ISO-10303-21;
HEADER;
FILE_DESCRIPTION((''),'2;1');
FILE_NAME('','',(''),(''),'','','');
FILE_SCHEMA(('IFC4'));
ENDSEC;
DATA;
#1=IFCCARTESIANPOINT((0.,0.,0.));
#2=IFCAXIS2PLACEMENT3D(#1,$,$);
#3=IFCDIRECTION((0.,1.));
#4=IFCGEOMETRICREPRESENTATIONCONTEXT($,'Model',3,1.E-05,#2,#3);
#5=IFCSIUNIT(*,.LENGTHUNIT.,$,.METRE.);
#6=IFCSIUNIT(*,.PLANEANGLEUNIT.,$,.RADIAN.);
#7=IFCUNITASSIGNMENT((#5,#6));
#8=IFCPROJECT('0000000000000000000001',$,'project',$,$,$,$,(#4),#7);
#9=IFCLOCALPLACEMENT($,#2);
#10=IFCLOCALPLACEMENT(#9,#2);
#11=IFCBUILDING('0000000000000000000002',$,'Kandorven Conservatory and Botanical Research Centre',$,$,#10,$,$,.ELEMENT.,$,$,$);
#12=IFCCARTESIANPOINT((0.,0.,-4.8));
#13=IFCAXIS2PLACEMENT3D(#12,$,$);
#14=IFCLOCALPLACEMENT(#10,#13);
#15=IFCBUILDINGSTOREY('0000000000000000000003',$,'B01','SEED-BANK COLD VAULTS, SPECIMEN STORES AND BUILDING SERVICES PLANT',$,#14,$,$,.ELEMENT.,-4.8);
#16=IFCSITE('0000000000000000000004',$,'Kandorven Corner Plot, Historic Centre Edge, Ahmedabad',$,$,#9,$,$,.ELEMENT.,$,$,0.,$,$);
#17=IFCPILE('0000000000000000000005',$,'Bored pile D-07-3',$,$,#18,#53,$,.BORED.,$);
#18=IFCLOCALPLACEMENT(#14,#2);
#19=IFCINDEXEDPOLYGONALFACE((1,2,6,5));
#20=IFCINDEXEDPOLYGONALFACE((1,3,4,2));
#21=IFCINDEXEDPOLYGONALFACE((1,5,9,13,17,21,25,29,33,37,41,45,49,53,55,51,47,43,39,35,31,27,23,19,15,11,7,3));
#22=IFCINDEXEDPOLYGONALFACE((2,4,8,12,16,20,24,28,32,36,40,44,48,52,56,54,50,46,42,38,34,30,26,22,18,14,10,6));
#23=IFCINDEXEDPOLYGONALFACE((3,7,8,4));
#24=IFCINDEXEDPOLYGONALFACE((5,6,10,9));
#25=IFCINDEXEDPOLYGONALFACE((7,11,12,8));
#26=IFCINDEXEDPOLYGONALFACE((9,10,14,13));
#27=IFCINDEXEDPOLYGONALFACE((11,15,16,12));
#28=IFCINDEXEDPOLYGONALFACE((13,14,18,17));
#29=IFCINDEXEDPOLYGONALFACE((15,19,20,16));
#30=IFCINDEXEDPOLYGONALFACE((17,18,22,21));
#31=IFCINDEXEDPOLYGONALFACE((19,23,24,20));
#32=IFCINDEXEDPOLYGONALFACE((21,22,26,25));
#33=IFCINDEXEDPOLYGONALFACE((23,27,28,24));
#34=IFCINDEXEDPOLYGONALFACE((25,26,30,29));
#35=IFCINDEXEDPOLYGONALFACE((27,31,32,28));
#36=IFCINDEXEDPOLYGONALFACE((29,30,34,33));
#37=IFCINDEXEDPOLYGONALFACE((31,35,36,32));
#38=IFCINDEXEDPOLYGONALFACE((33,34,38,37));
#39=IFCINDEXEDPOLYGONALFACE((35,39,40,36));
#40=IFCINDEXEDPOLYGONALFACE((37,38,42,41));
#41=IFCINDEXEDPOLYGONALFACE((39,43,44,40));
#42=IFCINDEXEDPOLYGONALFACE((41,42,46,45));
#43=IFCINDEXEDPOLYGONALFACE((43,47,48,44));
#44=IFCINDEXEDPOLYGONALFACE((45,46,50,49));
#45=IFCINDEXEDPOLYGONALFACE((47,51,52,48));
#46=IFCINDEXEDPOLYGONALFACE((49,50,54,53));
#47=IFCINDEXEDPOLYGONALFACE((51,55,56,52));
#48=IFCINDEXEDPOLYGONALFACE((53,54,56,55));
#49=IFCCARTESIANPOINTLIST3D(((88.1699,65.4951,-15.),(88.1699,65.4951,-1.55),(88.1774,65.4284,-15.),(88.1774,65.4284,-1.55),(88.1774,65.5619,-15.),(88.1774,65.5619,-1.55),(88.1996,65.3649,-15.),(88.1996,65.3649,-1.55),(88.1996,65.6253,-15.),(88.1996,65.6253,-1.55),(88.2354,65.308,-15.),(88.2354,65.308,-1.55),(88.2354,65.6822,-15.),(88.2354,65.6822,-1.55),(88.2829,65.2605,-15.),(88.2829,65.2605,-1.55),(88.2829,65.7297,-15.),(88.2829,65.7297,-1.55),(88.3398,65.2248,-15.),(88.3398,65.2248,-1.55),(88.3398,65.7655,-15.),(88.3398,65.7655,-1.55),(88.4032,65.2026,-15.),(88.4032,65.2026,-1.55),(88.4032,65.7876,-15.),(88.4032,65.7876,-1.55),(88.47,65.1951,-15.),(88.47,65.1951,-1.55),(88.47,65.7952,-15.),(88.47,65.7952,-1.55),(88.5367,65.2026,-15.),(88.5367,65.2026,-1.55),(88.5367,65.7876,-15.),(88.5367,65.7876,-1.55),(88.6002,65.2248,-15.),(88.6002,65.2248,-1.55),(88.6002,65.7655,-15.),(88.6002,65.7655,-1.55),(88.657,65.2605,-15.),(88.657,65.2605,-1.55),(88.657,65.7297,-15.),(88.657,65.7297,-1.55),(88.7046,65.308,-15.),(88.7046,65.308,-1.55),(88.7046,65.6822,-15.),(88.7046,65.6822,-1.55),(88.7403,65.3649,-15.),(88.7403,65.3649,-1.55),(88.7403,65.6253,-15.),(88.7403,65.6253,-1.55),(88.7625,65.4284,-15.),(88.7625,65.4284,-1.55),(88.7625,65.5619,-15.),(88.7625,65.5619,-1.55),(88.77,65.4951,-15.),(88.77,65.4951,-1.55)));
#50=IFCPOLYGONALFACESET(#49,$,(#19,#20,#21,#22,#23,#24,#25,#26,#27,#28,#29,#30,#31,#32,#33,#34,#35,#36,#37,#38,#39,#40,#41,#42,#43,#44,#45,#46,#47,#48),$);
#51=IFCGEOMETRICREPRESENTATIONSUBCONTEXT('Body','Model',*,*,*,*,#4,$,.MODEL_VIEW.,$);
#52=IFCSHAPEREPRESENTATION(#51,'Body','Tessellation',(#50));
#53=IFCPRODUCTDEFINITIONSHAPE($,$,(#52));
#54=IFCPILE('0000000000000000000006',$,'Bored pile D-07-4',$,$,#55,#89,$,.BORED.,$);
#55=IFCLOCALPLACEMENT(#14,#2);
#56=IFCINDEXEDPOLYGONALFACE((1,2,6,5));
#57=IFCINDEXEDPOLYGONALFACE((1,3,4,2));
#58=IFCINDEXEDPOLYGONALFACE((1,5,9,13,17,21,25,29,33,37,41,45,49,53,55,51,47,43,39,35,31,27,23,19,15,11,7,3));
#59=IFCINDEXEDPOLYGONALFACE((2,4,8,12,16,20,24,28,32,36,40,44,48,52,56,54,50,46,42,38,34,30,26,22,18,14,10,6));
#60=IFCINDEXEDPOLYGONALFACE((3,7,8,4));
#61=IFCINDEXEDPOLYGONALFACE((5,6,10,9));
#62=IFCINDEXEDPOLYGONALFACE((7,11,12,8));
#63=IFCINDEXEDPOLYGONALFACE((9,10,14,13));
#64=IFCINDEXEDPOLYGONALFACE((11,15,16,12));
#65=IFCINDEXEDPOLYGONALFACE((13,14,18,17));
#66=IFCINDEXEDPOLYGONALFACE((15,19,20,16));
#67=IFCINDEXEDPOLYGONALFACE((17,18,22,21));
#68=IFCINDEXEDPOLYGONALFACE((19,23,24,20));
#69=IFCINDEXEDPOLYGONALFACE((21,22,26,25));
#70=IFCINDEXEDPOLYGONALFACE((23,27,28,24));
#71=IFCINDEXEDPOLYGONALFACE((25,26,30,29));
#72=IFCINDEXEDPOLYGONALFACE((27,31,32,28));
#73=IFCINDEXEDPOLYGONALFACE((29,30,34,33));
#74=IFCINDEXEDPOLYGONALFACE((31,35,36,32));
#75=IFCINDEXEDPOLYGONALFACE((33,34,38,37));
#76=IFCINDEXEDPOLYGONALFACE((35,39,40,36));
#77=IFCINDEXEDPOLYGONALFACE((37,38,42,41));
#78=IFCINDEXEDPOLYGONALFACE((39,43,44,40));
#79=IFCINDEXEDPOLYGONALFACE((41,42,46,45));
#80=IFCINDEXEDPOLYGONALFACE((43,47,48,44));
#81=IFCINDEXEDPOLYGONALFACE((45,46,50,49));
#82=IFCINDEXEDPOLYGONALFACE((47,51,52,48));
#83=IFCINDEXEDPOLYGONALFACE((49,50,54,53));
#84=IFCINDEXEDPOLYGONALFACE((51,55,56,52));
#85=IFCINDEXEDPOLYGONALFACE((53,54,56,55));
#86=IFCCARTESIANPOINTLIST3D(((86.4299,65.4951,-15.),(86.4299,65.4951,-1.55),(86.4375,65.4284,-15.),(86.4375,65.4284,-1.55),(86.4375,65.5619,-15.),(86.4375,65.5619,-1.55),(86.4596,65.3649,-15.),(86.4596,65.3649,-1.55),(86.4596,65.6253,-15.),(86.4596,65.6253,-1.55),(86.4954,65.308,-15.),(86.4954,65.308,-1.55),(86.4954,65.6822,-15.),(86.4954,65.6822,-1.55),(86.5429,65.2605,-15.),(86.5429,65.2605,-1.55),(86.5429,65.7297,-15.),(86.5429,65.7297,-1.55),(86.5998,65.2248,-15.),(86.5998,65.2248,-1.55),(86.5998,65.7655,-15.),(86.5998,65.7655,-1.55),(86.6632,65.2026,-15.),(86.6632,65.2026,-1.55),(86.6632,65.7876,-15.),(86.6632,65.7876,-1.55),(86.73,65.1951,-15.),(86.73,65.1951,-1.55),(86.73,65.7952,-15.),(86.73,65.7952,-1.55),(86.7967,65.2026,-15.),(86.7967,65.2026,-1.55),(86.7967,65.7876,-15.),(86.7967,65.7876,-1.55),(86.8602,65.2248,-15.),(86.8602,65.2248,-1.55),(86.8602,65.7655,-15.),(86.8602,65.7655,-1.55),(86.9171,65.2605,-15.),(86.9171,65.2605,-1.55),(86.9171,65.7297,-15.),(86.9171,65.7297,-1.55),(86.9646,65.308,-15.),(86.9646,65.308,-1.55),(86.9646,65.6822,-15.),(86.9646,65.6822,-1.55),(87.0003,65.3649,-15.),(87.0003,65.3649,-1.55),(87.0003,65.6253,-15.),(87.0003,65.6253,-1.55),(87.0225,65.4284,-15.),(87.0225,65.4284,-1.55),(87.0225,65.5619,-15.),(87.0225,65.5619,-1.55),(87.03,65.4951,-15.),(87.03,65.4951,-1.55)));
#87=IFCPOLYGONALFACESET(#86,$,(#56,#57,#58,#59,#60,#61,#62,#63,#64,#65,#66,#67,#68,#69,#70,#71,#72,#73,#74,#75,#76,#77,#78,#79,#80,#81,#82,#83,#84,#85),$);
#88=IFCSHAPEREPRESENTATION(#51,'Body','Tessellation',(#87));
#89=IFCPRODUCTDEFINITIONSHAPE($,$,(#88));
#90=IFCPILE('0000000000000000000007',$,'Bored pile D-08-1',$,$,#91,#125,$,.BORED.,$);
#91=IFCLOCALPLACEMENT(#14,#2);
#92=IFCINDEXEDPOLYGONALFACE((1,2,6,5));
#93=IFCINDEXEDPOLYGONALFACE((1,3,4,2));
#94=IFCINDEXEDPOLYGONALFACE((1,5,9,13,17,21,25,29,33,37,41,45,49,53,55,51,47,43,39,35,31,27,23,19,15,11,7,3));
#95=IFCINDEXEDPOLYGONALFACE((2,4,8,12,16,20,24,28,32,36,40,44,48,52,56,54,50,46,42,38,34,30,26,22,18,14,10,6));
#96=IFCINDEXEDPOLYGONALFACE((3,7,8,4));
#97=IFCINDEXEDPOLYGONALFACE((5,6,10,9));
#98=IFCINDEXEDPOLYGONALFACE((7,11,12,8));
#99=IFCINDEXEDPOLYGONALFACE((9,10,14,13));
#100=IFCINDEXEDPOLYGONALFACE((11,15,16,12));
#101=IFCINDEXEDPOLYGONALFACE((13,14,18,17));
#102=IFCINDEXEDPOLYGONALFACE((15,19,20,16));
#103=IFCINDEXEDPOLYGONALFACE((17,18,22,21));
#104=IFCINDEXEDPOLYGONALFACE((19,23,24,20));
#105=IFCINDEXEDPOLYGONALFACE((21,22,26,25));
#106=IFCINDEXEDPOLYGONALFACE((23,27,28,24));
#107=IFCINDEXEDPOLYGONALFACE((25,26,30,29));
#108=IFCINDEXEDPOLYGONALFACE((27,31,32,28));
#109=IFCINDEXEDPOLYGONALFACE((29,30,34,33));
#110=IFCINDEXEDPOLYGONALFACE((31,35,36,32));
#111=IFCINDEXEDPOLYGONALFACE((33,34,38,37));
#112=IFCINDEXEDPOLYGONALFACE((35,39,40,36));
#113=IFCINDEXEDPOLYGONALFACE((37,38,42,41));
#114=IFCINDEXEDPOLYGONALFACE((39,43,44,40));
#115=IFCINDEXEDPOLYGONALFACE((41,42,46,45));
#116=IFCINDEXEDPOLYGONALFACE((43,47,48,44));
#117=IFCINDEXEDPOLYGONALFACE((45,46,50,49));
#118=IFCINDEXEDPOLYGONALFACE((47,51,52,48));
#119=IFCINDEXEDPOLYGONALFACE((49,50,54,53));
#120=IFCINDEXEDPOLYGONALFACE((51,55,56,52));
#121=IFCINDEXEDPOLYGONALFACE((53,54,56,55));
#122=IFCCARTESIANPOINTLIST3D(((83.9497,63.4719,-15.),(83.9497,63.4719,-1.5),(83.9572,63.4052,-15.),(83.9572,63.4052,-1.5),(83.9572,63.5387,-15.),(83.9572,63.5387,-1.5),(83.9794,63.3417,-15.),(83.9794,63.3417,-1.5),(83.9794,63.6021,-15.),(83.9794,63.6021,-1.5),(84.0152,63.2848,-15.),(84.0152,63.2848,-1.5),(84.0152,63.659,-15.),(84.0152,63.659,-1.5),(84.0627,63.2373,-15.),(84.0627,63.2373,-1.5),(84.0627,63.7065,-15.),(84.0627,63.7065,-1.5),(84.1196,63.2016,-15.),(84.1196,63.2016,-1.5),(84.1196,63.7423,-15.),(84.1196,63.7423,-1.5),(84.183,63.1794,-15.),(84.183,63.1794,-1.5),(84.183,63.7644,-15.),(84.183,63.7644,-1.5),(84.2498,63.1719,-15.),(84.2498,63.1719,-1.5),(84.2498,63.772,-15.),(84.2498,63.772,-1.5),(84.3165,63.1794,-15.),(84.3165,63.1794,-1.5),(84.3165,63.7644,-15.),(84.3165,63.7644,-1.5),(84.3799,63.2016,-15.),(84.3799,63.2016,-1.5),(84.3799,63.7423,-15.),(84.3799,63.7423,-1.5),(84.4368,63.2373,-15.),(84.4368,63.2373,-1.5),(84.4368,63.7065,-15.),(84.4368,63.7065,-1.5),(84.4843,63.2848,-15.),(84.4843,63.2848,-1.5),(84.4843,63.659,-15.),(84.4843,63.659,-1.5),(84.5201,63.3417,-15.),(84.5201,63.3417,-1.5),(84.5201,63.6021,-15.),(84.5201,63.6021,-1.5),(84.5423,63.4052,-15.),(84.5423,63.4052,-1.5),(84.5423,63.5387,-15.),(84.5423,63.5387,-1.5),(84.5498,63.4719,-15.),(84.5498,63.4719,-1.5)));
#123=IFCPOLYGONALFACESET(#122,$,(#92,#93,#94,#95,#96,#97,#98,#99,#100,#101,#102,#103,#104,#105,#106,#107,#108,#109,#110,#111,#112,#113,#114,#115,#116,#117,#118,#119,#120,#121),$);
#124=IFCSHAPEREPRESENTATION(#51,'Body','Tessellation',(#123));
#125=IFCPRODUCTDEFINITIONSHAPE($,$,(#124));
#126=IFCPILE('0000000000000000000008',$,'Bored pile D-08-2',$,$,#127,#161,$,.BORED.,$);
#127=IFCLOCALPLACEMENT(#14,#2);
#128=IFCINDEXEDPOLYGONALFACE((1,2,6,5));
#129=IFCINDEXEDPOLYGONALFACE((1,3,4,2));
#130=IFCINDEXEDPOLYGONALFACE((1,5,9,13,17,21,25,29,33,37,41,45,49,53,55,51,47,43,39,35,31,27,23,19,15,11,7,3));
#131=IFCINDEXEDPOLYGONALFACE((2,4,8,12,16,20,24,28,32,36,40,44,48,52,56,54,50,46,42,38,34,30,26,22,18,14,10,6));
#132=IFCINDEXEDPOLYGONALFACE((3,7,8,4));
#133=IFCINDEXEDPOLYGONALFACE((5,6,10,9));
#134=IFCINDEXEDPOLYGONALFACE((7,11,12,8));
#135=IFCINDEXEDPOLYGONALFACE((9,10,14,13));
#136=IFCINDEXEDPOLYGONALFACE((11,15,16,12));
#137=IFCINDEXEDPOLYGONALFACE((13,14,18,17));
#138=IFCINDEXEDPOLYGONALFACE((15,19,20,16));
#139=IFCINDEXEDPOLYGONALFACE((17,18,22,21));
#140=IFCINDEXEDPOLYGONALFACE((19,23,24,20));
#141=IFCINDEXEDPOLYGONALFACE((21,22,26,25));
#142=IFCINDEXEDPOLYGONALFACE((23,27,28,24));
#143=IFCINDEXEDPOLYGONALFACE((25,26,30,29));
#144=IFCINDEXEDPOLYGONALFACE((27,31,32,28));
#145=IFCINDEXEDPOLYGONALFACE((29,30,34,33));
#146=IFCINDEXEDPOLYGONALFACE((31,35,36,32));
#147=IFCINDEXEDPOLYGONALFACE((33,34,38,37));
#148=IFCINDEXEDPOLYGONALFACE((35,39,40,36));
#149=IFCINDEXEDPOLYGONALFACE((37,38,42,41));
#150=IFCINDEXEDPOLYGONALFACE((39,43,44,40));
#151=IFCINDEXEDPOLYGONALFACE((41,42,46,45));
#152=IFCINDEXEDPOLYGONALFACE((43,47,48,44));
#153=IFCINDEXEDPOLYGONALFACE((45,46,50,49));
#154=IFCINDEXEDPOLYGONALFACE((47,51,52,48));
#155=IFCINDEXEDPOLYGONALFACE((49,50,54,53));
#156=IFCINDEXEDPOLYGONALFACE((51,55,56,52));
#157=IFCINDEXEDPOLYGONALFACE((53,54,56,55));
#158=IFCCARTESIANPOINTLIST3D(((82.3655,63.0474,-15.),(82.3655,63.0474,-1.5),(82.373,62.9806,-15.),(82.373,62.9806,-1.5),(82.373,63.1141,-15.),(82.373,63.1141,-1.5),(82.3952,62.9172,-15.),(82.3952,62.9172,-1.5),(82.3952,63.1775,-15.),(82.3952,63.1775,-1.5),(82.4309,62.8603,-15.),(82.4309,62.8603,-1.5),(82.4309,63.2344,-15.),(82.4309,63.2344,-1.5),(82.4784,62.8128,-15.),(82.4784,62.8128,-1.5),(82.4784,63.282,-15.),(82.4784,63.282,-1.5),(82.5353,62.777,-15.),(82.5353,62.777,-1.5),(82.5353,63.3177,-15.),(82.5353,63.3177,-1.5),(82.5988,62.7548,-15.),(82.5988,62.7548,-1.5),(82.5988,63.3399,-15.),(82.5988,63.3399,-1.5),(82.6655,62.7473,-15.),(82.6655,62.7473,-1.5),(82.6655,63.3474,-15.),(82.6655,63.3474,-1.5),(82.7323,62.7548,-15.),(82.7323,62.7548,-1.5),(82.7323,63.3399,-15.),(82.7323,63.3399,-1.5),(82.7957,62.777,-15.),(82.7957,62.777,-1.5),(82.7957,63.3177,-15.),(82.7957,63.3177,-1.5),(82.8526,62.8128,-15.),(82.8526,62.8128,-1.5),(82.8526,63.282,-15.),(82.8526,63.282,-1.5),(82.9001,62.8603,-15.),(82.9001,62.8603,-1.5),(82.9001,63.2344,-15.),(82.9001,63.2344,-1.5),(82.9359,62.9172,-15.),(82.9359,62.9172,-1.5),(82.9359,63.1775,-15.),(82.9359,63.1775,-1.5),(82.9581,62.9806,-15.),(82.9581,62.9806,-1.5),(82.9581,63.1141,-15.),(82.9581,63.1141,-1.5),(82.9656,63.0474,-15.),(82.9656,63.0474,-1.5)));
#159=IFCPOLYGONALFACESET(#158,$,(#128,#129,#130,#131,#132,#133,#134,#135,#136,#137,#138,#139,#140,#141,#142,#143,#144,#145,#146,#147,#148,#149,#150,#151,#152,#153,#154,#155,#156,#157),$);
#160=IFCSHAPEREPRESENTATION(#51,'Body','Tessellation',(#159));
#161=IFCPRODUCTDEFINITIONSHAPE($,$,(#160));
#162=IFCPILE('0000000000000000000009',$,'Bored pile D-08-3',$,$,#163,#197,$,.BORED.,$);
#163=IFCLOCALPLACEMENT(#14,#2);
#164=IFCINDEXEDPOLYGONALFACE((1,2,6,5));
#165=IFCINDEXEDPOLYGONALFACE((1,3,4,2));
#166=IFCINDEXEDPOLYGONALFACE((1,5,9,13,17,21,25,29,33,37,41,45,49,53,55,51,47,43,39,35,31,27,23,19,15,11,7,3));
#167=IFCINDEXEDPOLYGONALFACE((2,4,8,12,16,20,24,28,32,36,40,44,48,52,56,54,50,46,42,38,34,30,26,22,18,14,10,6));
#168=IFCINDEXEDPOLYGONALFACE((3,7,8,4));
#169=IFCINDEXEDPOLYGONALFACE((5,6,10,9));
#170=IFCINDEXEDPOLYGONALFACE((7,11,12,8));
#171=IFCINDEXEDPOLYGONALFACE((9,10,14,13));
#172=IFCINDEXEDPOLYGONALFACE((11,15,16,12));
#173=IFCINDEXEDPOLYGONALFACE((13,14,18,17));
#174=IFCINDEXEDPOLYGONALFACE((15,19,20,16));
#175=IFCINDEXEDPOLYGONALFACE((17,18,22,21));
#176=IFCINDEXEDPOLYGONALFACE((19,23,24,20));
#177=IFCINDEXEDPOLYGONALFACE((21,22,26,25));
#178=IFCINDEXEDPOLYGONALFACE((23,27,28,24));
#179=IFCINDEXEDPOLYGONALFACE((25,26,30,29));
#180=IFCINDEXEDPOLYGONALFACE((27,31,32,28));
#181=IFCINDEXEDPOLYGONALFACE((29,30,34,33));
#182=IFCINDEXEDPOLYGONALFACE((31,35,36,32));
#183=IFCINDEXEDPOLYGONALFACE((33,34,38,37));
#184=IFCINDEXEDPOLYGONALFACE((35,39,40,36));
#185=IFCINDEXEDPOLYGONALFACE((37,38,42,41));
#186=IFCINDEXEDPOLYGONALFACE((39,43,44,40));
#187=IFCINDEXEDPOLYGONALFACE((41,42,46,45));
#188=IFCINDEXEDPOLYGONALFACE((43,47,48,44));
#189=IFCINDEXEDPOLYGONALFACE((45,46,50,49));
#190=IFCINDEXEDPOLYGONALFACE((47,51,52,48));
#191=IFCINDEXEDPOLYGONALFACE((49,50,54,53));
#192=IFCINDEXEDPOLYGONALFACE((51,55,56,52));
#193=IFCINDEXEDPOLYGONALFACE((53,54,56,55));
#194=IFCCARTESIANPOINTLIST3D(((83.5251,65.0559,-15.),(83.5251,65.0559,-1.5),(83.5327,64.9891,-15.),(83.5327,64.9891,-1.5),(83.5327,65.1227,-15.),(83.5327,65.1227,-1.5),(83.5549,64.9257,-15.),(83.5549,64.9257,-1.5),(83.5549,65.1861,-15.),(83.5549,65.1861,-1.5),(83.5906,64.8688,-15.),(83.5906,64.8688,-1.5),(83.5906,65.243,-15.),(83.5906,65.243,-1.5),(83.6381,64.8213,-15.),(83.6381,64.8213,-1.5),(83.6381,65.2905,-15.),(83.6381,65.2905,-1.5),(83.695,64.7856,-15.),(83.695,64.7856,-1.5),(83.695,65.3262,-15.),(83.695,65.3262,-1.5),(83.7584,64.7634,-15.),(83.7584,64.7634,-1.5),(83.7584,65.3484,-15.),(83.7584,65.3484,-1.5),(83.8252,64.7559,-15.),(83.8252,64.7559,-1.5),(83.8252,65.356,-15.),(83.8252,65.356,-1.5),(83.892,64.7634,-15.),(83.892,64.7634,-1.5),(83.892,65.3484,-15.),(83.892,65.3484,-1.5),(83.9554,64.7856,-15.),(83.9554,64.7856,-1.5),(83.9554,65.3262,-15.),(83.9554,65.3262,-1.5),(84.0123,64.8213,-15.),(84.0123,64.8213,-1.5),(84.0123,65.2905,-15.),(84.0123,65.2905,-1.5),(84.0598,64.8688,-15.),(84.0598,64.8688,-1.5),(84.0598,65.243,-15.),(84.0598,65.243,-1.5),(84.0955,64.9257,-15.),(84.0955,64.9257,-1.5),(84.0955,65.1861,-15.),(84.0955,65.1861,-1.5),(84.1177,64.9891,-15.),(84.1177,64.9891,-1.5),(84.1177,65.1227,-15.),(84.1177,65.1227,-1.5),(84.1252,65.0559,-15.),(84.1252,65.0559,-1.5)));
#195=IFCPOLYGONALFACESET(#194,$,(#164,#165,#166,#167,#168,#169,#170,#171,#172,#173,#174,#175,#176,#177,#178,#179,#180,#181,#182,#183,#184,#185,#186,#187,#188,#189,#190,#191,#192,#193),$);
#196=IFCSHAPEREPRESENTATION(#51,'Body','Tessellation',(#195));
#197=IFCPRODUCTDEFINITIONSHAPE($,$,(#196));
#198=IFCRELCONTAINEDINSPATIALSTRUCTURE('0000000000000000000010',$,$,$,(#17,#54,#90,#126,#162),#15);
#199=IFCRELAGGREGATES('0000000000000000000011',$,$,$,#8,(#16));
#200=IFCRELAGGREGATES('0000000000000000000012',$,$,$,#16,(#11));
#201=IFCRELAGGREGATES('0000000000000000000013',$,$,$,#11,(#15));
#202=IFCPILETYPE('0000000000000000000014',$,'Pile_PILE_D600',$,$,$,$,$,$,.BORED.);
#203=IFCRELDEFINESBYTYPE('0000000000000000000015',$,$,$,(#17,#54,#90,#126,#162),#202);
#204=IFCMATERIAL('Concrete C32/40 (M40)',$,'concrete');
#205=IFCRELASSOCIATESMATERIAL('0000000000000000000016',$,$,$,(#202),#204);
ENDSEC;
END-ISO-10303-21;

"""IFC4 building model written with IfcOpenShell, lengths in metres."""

from ifc_helpers import new_model, si_unit, direction, frame, origin, origin_2d, place, context, subcontext, project, spatial, circle, extrude, material, material_profile, profile_set, type_object, element, save


model = new_model("IFC4")

# Units and contexts
model_context = context("Model", 3, precision=1e-05, world=origin(), true_north=direction((0.0, 1.0)))
body_context = subcontext(model_context, "Body", "Model", "MODEL_VIEW")
ifc_project = project(units=[si_unit("LENGTHUNIT", "METRE"), si_unit("PLANEANGLEUNIT", "RADIAN")], contexts=[model_context])

# Site, building, storey
site_placement = place(None, origin())
site = spatial("IfcSite", under=ifc_project, at=site_placement, Name="Kandorven Corner Plot, Historic Centre Edge, Ahmedabad", CompositionType="ELEMENT", RefElevation=0.0)
building_placement = place(site_placement, origin())
building = spatial("IfcBuilding", under=site, at=building_placement, Name="Kandorven Conservatory and Botanical Research Centre", CompositionType="ELEMENT")
storey_placement = place(building_placement, frame((0.0, 0.0, -4.8)))
storey = spatial("IfcBuildingStorey", under=building, at=storey_placement, Name="B01", Description="SEED-BANK COLD VAULTS, SPECIMEN STORES AND BUILDING SERVICES PLANT", CompositionType="ELEMENT", Elevation=-4.8)

# Piles
ifc_material_1 = material(Name="Concrete C32/40 (M40)", Category="concrete")
ifc_material_profile_1 = material_profile(ifc_material_1, circle(Radius=0.3, at=origin_2d()))
ifc_profile_set_1 = profile_set([ifc_material_profile_1], Name="Concrete C32/40 (M40)")
pile_type = type_object("IfcPileType", Name="Pile_PILE_D600", PredefinedType="BORED", material=ifc_profile_set_1)
for number, where, z_axis, x_axis, name in (
    (1, (88.47, 65.4951, -1.55), (0.0, 0.0, -1.0), (1.0, 0.0, 0.0), "Bored pile D-07-3"),
    (2, (86.73, 65.4951, -1.55), (0.0, 0.0, -1.0), (1.0, 0.0, 0.0), "Bored pile D-07-4"),
):
    element("IfcPile", number, at=place(storey_placement, frame(where, z_axis=z_axis, x_axis=x_axis)), inside=storey, type_object=pile_type, Name=name, PredefinedType="BORED", context=body_context, shape_type="SweptSolid", body=[
        extrude(circle(Radius=0.3, at=origin_2d()), origin(), (0.0, 0.0, 1.0), 13.45),
    ])
for number, where, z_axis, x_axis, name in (
    (3, (84.2498, 63.4719, -1.5), (0.0, 0.0, -1.0), (1.0, 0.0, 0.0), "Bored pile D-08-1"),
    (4, (82.6655, 63.0474, -1.5), (0.0, 0.0, -1.0), (1.0, 0.0, 0.0), "Bored pile D-08-2"),
    (5, (83.8252, 65.0559, -1.5), (0.0, 0.0, -1.0), (1.0, 0.0, 0.0), "Bored pile D-08-3"),
):
    element("IfcPile", number, at=place(storey_placement, frame(where, z_axis=z_axis, x_axis=x_axis)), inside=storey, type_object=pile_type, Name=name, PredefinedType="BORED", context=body_context, shape_type="SweptSolid", body=[
        extrude(circle(Radius=0.3, at=origin_2d()), origin(), (0.0, 0.0, 1.0), 13.5),
    ])

save(model, "model.ifc")
